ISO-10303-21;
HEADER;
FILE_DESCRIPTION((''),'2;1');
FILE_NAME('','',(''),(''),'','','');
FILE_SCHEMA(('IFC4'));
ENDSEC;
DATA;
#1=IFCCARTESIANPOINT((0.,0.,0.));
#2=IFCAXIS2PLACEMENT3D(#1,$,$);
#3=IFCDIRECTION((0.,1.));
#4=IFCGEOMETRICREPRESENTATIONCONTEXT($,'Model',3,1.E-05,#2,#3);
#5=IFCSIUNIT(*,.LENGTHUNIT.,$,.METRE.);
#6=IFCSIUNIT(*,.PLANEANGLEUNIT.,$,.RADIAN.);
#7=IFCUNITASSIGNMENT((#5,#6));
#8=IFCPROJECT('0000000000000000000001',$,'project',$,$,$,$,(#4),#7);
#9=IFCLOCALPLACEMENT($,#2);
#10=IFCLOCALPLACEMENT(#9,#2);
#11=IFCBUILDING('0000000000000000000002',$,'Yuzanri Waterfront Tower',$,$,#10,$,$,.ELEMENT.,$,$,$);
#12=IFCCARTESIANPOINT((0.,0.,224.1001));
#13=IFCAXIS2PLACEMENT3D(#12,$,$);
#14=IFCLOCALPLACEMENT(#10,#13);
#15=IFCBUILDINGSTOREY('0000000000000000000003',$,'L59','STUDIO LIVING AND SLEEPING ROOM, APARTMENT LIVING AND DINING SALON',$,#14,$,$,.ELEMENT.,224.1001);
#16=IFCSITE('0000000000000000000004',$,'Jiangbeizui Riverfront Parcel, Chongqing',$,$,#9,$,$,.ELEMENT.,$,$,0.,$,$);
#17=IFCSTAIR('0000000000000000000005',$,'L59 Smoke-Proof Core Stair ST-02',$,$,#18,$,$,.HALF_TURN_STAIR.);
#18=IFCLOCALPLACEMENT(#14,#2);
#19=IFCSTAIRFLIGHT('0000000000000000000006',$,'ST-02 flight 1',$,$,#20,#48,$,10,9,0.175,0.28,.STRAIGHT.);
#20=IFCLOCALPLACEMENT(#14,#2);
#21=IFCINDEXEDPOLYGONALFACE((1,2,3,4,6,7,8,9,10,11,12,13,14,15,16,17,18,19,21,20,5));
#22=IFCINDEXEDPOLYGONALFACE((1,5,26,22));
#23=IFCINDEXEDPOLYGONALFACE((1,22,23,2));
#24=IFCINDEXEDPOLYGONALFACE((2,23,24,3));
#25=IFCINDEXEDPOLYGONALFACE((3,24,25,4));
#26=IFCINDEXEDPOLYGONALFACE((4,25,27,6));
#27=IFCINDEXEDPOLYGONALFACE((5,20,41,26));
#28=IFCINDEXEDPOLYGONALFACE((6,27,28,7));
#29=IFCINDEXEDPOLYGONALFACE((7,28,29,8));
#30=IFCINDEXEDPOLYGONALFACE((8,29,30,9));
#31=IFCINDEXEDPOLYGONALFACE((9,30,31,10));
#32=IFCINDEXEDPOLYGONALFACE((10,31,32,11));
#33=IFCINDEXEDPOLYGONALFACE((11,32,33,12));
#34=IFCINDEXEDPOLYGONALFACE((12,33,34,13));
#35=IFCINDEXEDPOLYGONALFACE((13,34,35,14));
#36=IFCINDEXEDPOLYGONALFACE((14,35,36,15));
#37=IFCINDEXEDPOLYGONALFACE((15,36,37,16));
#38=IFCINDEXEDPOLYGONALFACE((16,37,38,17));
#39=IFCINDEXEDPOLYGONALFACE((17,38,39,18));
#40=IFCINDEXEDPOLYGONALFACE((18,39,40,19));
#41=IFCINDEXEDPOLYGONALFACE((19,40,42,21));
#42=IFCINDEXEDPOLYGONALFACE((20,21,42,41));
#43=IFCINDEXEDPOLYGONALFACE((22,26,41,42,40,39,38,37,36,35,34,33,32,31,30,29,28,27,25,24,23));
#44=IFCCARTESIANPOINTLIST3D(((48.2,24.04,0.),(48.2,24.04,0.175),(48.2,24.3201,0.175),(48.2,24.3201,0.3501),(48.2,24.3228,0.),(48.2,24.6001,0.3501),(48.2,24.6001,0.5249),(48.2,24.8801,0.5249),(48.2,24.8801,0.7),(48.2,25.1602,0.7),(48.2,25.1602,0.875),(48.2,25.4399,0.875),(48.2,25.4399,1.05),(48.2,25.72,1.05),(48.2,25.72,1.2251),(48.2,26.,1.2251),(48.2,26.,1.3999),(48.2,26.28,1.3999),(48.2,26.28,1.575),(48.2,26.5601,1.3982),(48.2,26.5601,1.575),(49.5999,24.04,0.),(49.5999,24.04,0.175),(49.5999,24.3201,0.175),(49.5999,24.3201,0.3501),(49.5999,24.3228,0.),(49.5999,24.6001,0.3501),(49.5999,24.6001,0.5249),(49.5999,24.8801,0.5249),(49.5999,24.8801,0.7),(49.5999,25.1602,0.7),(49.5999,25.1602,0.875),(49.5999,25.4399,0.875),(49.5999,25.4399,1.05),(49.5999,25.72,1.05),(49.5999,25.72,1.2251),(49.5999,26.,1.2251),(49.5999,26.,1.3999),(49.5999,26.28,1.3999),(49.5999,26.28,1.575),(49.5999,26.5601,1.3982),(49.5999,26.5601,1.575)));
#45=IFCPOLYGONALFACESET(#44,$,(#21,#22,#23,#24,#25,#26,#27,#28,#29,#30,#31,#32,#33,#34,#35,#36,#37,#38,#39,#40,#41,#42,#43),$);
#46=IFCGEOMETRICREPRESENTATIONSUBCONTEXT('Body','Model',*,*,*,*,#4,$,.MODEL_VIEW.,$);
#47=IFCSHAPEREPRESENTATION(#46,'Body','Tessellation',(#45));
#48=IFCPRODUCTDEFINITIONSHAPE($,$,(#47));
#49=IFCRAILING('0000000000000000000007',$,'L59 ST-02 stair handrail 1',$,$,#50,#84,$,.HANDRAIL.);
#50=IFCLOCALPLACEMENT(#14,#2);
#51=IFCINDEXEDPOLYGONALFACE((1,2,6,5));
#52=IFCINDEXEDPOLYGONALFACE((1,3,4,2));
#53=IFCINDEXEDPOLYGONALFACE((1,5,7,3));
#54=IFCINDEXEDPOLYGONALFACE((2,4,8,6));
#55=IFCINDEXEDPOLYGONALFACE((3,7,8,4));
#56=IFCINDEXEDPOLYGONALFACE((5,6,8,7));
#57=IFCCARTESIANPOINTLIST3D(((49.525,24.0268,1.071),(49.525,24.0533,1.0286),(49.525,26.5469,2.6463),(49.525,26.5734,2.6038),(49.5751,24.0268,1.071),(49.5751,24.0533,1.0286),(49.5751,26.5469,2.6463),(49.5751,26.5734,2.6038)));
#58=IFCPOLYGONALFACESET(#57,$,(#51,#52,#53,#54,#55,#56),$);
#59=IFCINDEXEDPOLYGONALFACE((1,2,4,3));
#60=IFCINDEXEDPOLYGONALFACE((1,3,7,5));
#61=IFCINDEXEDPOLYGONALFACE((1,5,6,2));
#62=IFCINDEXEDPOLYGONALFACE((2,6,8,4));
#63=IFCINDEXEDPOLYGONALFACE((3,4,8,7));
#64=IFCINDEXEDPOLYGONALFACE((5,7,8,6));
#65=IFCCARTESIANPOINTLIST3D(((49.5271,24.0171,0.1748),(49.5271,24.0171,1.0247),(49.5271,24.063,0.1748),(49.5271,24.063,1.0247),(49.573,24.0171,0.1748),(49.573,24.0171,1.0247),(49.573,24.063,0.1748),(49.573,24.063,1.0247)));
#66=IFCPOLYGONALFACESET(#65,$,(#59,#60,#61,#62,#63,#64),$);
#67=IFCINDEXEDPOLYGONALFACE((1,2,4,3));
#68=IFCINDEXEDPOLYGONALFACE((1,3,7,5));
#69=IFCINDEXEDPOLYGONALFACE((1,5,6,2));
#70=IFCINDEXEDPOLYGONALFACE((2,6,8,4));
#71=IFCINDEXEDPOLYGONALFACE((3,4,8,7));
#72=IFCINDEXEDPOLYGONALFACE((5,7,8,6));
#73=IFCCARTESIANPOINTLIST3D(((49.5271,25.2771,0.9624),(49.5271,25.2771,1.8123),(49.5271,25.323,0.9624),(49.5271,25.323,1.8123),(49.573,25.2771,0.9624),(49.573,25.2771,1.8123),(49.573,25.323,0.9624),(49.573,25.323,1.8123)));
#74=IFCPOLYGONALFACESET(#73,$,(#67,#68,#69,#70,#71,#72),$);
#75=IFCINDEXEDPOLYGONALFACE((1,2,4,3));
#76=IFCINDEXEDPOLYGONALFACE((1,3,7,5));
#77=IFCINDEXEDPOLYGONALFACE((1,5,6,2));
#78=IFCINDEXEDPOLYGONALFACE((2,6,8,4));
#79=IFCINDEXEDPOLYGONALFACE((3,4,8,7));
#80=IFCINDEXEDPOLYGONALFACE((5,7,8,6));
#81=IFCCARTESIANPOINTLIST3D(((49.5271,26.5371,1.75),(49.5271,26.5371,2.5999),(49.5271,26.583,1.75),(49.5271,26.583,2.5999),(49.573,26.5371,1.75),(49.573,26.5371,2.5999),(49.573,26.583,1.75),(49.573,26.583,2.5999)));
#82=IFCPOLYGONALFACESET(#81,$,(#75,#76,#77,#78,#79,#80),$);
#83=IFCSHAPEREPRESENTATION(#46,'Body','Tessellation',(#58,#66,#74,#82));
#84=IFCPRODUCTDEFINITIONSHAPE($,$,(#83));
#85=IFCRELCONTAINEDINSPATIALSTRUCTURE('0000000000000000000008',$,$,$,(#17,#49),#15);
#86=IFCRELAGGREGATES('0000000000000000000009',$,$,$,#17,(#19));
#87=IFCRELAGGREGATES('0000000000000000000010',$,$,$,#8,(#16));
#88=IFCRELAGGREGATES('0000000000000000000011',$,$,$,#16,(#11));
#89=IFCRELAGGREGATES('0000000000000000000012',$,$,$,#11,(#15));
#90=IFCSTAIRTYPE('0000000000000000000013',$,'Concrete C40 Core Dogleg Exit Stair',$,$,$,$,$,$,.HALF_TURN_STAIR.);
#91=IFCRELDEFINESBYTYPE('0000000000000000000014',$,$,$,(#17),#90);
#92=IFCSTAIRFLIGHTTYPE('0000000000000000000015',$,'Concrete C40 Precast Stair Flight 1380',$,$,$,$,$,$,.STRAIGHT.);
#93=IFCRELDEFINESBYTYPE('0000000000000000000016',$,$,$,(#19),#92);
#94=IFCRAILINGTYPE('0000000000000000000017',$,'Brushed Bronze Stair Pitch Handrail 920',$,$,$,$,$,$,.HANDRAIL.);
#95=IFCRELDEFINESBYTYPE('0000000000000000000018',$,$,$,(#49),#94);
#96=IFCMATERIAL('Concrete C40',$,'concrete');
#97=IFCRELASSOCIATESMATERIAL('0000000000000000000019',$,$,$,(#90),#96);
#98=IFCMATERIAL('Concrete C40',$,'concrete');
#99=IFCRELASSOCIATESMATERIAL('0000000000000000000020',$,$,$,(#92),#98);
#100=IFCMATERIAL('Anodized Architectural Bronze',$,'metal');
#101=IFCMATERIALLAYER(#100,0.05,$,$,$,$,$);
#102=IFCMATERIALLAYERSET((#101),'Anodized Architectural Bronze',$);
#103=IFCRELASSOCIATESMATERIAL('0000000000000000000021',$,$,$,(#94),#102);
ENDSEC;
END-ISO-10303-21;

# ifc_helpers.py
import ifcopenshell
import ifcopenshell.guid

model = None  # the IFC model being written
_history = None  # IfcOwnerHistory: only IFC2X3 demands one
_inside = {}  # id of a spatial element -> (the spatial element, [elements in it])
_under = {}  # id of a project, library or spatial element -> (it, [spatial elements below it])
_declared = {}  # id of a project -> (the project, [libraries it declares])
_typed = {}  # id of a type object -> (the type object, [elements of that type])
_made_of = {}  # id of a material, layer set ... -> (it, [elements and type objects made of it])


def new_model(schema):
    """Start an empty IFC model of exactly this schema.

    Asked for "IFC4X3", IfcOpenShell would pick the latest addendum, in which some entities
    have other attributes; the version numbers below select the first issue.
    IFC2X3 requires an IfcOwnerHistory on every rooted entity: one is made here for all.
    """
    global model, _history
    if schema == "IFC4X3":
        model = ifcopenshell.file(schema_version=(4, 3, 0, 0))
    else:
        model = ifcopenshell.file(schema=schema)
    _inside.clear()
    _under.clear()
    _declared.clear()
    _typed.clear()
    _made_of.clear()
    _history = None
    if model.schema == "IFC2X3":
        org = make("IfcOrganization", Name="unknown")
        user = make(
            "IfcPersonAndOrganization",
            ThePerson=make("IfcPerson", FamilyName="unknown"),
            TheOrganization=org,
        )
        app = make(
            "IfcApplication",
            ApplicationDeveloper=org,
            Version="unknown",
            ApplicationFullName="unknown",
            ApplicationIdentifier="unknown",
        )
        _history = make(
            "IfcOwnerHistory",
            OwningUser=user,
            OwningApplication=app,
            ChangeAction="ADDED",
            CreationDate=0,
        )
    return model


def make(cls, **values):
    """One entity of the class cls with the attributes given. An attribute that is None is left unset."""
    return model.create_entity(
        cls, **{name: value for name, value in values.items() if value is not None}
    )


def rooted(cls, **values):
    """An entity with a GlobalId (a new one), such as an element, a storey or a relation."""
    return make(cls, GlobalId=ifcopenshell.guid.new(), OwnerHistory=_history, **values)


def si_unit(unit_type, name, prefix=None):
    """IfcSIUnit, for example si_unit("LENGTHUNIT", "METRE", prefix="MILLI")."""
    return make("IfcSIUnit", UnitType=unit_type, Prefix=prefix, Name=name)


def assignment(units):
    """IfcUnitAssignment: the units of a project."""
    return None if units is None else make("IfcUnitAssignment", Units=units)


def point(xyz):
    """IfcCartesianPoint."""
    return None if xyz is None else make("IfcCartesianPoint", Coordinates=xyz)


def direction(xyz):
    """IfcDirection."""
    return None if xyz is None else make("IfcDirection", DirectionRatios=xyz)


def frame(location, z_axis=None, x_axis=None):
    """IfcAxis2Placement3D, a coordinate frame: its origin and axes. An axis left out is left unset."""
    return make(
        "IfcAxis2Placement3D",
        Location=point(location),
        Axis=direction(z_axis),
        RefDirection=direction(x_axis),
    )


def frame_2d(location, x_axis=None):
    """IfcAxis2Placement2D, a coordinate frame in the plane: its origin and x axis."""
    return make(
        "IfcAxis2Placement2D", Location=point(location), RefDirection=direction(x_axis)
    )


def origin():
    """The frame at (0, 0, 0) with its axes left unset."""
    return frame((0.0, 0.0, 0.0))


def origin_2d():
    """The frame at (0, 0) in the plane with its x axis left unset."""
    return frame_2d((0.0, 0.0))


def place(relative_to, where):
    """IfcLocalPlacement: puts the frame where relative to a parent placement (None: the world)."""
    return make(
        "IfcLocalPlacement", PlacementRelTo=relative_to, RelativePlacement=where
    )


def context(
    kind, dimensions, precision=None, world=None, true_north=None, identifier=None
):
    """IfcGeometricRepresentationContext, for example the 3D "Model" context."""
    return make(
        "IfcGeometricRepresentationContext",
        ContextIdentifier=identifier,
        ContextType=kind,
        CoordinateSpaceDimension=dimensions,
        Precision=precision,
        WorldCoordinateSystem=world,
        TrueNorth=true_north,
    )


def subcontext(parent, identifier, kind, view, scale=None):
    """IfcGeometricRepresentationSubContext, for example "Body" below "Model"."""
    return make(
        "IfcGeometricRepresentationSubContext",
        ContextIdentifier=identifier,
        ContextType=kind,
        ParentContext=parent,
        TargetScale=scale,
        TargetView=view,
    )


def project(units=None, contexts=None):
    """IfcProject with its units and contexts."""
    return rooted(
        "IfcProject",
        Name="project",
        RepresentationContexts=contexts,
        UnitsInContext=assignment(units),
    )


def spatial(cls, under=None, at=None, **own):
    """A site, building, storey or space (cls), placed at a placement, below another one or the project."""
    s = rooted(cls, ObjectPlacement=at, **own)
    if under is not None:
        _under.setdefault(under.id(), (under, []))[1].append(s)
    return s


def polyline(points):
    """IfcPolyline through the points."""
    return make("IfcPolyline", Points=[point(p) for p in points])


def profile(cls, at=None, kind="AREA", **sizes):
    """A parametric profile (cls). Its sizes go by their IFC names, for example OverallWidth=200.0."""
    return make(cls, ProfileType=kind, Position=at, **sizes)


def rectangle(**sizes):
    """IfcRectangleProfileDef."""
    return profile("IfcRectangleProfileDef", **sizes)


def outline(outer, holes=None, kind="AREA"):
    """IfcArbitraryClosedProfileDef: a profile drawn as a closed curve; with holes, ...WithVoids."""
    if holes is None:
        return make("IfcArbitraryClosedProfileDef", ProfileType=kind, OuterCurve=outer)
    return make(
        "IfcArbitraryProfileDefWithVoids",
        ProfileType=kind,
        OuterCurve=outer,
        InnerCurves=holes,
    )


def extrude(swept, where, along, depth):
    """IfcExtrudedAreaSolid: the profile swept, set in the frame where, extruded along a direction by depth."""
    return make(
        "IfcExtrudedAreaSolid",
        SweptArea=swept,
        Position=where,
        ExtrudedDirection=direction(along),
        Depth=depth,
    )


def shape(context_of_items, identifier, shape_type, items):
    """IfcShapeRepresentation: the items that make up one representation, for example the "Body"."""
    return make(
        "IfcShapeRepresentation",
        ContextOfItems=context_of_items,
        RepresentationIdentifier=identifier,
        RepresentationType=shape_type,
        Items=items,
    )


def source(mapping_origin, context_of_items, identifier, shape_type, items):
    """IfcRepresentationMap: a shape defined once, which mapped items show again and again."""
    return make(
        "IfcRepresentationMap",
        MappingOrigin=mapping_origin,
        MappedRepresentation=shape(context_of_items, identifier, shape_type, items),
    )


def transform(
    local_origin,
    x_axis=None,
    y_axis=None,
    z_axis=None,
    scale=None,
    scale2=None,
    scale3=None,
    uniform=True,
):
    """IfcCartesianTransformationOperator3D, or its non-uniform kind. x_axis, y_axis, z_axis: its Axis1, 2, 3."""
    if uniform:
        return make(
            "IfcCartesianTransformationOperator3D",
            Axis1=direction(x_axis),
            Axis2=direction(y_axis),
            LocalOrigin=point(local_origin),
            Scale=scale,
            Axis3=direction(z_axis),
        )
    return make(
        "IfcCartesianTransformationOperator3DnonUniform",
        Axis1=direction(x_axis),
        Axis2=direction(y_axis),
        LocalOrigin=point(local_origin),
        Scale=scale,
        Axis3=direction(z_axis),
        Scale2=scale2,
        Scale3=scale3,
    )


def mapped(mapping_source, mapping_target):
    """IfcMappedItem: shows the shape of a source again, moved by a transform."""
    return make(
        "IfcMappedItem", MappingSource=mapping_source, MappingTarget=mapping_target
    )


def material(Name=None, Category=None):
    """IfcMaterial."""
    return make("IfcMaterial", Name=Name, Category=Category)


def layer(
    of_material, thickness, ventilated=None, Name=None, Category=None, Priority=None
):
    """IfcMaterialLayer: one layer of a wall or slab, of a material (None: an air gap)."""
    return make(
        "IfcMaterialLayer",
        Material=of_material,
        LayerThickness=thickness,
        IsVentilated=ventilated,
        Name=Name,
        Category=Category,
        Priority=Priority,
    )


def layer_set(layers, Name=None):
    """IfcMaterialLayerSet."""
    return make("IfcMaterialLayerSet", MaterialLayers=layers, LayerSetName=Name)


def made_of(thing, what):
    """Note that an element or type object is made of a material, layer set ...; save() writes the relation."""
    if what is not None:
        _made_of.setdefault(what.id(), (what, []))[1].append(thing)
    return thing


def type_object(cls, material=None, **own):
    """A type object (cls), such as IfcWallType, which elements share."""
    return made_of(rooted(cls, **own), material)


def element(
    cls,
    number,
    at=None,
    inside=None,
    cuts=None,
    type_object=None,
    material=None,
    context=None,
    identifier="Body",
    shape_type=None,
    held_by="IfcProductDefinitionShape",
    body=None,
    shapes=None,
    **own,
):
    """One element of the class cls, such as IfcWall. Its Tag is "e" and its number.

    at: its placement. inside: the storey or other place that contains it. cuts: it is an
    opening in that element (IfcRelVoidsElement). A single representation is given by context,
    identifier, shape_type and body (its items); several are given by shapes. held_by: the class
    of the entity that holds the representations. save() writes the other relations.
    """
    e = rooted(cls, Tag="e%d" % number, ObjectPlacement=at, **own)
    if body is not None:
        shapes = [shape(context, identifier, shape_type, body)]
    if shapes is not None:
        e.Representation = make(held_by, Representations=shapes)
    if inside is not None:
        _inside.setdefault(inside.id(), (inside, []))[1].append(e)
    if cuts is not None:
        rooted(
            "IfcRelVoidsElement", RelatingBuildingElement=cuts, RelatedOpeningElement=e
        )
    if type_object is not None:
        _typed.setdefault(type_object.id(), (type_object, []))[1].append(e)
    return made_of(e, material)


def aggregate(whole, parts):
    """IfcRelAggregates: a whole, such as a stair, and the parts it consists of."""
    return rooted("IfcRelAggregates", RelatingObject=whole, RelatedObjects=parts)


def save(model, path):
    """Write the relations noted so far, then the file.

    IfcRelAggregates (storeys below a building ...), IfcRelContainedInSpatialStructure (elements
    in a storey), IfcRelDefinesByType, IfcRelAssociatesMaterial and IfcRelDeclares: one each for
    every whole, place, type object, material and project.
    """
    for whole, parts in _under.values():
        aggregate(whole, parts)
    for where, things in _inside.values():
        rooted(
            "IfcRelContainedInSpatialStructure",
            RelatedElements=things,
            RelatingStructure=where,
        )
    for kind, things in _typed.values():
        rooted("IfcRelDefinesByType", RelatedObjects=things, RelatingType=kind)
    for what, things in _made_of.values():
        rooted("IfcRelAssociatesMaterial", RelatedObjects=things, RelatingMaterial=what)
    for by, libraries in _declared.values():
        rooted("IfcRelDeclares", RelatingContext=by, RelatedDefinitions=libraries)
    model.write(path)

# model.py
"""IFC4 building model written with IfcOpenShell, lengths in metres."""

from ifc_helpers import new_model, si_unit, direction, frame, origin, origin_2d, place, context, subcontext, project, spatial, polyline, rectangle, outline, extrude, source, transform, mapped, material, layer, layer_set, type_object, element, aggregate, save


model = new_model("IFC4")

# Units and contexts
model_context = context("Model", 3, precision=1e-05, world=origin(), true_north=direction((0.0, 1.0)))
body_context = subcontext(model_context, "Body", "Model", "MODEL_VIEW")
ifc_project = project(units=[si_unit("LENGTHUNIT", "METRE"), si_unit("PLANEANGLEUNIT", "RADIAN")], contexts=[model_context])

# Site, building, storey
site_placement = place(None, origin())
site = spatial("IfcSite", under=ifc_project, at=site_placement, Name="Jiangbeizui Riverfront Parcel, Chongqing", CompositionType="ELEMENT", RefElevation=0.0)
building_placement = place(site_placement, origin())
building = spatial("IfcBuilding", under=site, at=building_placement, Name="Yuzanri Waterfront Tower", CompositionType="ELEMENT")
storey_placement = place(building_placement, frame((0.0, 0.0, 224.1001)))
storey = spatial("IfcBuildingStorey", under=building, at=storey_placement, Name="L59", Description="STUDIO LIVING AND SLEEPING ROOM, APARTMENT LIVING AND DINING SALON", CompositionType="ELEMENT", Elevation=224.1001)

# Stair, stair flight
ifc_material_1 = material(Name="Concrete C40", Category="concrete")
stair_type = type_object("IfcStairType", Name="Concrete C40 Core Dogleg Exit Stair", PredefinedType="HALF_TURN_STAIR", material=ifc_material_1)
stair_placement = place(storey_placement, origin())
stair = element("IfcStair", 1, at=stair_placement, inside=storey, type_object=stair_type, Name="L59 Smoke-Proof Core Stair ST-02", PredefinedType="HALF_TURN_STAIR")
ifc_material_2 = material(Name="Concrete C40", Category="concrete")
stair_flight_type = type_object("IfcStairFlightType", Name="Concrete C40 Precast Stair Flight 1380", PredefinedType="STRAIGHT", material=ifc_material_2)
shared_shape_1 = source(origin(), body_context, "Body", "SweptSolid", [
    extrude(outline(polyline([(0.0, 0.0), (0.0, 0.175), (0.28, 0.175), (0.28, 0.3501), (0.5601, 0.3501), (0.5601, 0.5249), (0.8401, 0.5249), (0.8401, 0.7), (1.1201, 0.7), (1.1201, 0.875), (1.3999, 0.875), (1.3999, 1.05), (1.6799, 1.05), (1.6799, 1.2251), (1.96, 1.2251), (1.96, 1.3999), (2.24, 1.3999), (2.24, 1.575), (2.52, 1.575), (2.52, 1.75), (2.52, 1.3982), (0.2827, 0.0), (0.0, 0.0)])), frame((0.0, 0.7, 0.0), z_axis=(0.0, -1.0, 0.0), x_axis=(1.0, 0.0, 0.0)), (0.0, 0.0, 1.0), 1.3999),
])
stair_flight_placement = place(storey_placement, frame((48.8999, 24.04, 0.0), z_axis=(0.0, 0.0, 1.0), x_axis=(0.0, 1.0, 0.0)))
stair_flight = element("IfcStairFlight", 2, at=stair_flight_placement, type_object=stair_flight_type, Name="ST-02 flight 1", NumberOfRisers=10, NumberOfTreads=9, PredefinedType="STRAIGHT", RiserHeight=0.175, TreadLength=0.28, context=body_context, shape_type="MappedRepresentation", body=[
    mapped(shared_shape_1, transform((0.0, 0.0, 0.0), scale=1.0)),
])
aggregate(stair, [stair_flight])

# Railing
ifc_material_3 = material(Name="Anodized Architectural Bronze", Category="metal")
ifc_layer_1 = layer(ifc_material_3, 0.05)
ifc_layer_set_1 = layer_set([ifc_layer_1], Name="Anodized Architectural Bronze")
railing_type = type_object("IfcRailingType", Name="Brushed Bronze Stair Pitch Handrail 920", PredefinedType="HANDRAIL", material=ifc_layer_set_1)
shared_shape_2 = source(origin(), body_context, "Body", "SweptSolid", [
    extrude(rectangle(XDim=0.05, YDim=0.05, at=origin_2d()), frame((0.0, 0.0, 0.875), z_axis=(0.0, 0.847971, 0.530043), x_axis=(-1.0, 0.0, 0.0)), (0.0, 0.0, 1.0), 2.9719),
    extrude(rectangle(XDim=0.0459, YDim=0.0459, at=origin_2d()), origin(), (0.0, 0.0, 1.0), 0.8499),
    extrude(rectangle(XDim=0.0459, YDim=0.0459, at=origin_2d()), frame((0.0, 1.26, 0.7876)), (0.0, 0.0, 1.0), 0.8499),
    extrude(rectangle(XDim=0.0459, YDim=0.0459, at=origin_2d()), frame((0.0, 2.52, 1.5752)), (0.0, 0.0, 1.0), 0.8499),
])
railing_placement = place(storey_placement, frame((49.55, 24.04, 0.1748)))
element("IfcRailing", 3, at=railing_placement, inside=storey, type_object=railing_type, Name="L59 ST-02 stair handrail 1", PredefinedType="HANDRAIL", context=body_context, shape_type="MappedRepresentation", body=[
    mapped(shared_shape_2, transform((0.0, 0.0, 0.0), scale=1.0)),
])

save(model, "model.ifc")
